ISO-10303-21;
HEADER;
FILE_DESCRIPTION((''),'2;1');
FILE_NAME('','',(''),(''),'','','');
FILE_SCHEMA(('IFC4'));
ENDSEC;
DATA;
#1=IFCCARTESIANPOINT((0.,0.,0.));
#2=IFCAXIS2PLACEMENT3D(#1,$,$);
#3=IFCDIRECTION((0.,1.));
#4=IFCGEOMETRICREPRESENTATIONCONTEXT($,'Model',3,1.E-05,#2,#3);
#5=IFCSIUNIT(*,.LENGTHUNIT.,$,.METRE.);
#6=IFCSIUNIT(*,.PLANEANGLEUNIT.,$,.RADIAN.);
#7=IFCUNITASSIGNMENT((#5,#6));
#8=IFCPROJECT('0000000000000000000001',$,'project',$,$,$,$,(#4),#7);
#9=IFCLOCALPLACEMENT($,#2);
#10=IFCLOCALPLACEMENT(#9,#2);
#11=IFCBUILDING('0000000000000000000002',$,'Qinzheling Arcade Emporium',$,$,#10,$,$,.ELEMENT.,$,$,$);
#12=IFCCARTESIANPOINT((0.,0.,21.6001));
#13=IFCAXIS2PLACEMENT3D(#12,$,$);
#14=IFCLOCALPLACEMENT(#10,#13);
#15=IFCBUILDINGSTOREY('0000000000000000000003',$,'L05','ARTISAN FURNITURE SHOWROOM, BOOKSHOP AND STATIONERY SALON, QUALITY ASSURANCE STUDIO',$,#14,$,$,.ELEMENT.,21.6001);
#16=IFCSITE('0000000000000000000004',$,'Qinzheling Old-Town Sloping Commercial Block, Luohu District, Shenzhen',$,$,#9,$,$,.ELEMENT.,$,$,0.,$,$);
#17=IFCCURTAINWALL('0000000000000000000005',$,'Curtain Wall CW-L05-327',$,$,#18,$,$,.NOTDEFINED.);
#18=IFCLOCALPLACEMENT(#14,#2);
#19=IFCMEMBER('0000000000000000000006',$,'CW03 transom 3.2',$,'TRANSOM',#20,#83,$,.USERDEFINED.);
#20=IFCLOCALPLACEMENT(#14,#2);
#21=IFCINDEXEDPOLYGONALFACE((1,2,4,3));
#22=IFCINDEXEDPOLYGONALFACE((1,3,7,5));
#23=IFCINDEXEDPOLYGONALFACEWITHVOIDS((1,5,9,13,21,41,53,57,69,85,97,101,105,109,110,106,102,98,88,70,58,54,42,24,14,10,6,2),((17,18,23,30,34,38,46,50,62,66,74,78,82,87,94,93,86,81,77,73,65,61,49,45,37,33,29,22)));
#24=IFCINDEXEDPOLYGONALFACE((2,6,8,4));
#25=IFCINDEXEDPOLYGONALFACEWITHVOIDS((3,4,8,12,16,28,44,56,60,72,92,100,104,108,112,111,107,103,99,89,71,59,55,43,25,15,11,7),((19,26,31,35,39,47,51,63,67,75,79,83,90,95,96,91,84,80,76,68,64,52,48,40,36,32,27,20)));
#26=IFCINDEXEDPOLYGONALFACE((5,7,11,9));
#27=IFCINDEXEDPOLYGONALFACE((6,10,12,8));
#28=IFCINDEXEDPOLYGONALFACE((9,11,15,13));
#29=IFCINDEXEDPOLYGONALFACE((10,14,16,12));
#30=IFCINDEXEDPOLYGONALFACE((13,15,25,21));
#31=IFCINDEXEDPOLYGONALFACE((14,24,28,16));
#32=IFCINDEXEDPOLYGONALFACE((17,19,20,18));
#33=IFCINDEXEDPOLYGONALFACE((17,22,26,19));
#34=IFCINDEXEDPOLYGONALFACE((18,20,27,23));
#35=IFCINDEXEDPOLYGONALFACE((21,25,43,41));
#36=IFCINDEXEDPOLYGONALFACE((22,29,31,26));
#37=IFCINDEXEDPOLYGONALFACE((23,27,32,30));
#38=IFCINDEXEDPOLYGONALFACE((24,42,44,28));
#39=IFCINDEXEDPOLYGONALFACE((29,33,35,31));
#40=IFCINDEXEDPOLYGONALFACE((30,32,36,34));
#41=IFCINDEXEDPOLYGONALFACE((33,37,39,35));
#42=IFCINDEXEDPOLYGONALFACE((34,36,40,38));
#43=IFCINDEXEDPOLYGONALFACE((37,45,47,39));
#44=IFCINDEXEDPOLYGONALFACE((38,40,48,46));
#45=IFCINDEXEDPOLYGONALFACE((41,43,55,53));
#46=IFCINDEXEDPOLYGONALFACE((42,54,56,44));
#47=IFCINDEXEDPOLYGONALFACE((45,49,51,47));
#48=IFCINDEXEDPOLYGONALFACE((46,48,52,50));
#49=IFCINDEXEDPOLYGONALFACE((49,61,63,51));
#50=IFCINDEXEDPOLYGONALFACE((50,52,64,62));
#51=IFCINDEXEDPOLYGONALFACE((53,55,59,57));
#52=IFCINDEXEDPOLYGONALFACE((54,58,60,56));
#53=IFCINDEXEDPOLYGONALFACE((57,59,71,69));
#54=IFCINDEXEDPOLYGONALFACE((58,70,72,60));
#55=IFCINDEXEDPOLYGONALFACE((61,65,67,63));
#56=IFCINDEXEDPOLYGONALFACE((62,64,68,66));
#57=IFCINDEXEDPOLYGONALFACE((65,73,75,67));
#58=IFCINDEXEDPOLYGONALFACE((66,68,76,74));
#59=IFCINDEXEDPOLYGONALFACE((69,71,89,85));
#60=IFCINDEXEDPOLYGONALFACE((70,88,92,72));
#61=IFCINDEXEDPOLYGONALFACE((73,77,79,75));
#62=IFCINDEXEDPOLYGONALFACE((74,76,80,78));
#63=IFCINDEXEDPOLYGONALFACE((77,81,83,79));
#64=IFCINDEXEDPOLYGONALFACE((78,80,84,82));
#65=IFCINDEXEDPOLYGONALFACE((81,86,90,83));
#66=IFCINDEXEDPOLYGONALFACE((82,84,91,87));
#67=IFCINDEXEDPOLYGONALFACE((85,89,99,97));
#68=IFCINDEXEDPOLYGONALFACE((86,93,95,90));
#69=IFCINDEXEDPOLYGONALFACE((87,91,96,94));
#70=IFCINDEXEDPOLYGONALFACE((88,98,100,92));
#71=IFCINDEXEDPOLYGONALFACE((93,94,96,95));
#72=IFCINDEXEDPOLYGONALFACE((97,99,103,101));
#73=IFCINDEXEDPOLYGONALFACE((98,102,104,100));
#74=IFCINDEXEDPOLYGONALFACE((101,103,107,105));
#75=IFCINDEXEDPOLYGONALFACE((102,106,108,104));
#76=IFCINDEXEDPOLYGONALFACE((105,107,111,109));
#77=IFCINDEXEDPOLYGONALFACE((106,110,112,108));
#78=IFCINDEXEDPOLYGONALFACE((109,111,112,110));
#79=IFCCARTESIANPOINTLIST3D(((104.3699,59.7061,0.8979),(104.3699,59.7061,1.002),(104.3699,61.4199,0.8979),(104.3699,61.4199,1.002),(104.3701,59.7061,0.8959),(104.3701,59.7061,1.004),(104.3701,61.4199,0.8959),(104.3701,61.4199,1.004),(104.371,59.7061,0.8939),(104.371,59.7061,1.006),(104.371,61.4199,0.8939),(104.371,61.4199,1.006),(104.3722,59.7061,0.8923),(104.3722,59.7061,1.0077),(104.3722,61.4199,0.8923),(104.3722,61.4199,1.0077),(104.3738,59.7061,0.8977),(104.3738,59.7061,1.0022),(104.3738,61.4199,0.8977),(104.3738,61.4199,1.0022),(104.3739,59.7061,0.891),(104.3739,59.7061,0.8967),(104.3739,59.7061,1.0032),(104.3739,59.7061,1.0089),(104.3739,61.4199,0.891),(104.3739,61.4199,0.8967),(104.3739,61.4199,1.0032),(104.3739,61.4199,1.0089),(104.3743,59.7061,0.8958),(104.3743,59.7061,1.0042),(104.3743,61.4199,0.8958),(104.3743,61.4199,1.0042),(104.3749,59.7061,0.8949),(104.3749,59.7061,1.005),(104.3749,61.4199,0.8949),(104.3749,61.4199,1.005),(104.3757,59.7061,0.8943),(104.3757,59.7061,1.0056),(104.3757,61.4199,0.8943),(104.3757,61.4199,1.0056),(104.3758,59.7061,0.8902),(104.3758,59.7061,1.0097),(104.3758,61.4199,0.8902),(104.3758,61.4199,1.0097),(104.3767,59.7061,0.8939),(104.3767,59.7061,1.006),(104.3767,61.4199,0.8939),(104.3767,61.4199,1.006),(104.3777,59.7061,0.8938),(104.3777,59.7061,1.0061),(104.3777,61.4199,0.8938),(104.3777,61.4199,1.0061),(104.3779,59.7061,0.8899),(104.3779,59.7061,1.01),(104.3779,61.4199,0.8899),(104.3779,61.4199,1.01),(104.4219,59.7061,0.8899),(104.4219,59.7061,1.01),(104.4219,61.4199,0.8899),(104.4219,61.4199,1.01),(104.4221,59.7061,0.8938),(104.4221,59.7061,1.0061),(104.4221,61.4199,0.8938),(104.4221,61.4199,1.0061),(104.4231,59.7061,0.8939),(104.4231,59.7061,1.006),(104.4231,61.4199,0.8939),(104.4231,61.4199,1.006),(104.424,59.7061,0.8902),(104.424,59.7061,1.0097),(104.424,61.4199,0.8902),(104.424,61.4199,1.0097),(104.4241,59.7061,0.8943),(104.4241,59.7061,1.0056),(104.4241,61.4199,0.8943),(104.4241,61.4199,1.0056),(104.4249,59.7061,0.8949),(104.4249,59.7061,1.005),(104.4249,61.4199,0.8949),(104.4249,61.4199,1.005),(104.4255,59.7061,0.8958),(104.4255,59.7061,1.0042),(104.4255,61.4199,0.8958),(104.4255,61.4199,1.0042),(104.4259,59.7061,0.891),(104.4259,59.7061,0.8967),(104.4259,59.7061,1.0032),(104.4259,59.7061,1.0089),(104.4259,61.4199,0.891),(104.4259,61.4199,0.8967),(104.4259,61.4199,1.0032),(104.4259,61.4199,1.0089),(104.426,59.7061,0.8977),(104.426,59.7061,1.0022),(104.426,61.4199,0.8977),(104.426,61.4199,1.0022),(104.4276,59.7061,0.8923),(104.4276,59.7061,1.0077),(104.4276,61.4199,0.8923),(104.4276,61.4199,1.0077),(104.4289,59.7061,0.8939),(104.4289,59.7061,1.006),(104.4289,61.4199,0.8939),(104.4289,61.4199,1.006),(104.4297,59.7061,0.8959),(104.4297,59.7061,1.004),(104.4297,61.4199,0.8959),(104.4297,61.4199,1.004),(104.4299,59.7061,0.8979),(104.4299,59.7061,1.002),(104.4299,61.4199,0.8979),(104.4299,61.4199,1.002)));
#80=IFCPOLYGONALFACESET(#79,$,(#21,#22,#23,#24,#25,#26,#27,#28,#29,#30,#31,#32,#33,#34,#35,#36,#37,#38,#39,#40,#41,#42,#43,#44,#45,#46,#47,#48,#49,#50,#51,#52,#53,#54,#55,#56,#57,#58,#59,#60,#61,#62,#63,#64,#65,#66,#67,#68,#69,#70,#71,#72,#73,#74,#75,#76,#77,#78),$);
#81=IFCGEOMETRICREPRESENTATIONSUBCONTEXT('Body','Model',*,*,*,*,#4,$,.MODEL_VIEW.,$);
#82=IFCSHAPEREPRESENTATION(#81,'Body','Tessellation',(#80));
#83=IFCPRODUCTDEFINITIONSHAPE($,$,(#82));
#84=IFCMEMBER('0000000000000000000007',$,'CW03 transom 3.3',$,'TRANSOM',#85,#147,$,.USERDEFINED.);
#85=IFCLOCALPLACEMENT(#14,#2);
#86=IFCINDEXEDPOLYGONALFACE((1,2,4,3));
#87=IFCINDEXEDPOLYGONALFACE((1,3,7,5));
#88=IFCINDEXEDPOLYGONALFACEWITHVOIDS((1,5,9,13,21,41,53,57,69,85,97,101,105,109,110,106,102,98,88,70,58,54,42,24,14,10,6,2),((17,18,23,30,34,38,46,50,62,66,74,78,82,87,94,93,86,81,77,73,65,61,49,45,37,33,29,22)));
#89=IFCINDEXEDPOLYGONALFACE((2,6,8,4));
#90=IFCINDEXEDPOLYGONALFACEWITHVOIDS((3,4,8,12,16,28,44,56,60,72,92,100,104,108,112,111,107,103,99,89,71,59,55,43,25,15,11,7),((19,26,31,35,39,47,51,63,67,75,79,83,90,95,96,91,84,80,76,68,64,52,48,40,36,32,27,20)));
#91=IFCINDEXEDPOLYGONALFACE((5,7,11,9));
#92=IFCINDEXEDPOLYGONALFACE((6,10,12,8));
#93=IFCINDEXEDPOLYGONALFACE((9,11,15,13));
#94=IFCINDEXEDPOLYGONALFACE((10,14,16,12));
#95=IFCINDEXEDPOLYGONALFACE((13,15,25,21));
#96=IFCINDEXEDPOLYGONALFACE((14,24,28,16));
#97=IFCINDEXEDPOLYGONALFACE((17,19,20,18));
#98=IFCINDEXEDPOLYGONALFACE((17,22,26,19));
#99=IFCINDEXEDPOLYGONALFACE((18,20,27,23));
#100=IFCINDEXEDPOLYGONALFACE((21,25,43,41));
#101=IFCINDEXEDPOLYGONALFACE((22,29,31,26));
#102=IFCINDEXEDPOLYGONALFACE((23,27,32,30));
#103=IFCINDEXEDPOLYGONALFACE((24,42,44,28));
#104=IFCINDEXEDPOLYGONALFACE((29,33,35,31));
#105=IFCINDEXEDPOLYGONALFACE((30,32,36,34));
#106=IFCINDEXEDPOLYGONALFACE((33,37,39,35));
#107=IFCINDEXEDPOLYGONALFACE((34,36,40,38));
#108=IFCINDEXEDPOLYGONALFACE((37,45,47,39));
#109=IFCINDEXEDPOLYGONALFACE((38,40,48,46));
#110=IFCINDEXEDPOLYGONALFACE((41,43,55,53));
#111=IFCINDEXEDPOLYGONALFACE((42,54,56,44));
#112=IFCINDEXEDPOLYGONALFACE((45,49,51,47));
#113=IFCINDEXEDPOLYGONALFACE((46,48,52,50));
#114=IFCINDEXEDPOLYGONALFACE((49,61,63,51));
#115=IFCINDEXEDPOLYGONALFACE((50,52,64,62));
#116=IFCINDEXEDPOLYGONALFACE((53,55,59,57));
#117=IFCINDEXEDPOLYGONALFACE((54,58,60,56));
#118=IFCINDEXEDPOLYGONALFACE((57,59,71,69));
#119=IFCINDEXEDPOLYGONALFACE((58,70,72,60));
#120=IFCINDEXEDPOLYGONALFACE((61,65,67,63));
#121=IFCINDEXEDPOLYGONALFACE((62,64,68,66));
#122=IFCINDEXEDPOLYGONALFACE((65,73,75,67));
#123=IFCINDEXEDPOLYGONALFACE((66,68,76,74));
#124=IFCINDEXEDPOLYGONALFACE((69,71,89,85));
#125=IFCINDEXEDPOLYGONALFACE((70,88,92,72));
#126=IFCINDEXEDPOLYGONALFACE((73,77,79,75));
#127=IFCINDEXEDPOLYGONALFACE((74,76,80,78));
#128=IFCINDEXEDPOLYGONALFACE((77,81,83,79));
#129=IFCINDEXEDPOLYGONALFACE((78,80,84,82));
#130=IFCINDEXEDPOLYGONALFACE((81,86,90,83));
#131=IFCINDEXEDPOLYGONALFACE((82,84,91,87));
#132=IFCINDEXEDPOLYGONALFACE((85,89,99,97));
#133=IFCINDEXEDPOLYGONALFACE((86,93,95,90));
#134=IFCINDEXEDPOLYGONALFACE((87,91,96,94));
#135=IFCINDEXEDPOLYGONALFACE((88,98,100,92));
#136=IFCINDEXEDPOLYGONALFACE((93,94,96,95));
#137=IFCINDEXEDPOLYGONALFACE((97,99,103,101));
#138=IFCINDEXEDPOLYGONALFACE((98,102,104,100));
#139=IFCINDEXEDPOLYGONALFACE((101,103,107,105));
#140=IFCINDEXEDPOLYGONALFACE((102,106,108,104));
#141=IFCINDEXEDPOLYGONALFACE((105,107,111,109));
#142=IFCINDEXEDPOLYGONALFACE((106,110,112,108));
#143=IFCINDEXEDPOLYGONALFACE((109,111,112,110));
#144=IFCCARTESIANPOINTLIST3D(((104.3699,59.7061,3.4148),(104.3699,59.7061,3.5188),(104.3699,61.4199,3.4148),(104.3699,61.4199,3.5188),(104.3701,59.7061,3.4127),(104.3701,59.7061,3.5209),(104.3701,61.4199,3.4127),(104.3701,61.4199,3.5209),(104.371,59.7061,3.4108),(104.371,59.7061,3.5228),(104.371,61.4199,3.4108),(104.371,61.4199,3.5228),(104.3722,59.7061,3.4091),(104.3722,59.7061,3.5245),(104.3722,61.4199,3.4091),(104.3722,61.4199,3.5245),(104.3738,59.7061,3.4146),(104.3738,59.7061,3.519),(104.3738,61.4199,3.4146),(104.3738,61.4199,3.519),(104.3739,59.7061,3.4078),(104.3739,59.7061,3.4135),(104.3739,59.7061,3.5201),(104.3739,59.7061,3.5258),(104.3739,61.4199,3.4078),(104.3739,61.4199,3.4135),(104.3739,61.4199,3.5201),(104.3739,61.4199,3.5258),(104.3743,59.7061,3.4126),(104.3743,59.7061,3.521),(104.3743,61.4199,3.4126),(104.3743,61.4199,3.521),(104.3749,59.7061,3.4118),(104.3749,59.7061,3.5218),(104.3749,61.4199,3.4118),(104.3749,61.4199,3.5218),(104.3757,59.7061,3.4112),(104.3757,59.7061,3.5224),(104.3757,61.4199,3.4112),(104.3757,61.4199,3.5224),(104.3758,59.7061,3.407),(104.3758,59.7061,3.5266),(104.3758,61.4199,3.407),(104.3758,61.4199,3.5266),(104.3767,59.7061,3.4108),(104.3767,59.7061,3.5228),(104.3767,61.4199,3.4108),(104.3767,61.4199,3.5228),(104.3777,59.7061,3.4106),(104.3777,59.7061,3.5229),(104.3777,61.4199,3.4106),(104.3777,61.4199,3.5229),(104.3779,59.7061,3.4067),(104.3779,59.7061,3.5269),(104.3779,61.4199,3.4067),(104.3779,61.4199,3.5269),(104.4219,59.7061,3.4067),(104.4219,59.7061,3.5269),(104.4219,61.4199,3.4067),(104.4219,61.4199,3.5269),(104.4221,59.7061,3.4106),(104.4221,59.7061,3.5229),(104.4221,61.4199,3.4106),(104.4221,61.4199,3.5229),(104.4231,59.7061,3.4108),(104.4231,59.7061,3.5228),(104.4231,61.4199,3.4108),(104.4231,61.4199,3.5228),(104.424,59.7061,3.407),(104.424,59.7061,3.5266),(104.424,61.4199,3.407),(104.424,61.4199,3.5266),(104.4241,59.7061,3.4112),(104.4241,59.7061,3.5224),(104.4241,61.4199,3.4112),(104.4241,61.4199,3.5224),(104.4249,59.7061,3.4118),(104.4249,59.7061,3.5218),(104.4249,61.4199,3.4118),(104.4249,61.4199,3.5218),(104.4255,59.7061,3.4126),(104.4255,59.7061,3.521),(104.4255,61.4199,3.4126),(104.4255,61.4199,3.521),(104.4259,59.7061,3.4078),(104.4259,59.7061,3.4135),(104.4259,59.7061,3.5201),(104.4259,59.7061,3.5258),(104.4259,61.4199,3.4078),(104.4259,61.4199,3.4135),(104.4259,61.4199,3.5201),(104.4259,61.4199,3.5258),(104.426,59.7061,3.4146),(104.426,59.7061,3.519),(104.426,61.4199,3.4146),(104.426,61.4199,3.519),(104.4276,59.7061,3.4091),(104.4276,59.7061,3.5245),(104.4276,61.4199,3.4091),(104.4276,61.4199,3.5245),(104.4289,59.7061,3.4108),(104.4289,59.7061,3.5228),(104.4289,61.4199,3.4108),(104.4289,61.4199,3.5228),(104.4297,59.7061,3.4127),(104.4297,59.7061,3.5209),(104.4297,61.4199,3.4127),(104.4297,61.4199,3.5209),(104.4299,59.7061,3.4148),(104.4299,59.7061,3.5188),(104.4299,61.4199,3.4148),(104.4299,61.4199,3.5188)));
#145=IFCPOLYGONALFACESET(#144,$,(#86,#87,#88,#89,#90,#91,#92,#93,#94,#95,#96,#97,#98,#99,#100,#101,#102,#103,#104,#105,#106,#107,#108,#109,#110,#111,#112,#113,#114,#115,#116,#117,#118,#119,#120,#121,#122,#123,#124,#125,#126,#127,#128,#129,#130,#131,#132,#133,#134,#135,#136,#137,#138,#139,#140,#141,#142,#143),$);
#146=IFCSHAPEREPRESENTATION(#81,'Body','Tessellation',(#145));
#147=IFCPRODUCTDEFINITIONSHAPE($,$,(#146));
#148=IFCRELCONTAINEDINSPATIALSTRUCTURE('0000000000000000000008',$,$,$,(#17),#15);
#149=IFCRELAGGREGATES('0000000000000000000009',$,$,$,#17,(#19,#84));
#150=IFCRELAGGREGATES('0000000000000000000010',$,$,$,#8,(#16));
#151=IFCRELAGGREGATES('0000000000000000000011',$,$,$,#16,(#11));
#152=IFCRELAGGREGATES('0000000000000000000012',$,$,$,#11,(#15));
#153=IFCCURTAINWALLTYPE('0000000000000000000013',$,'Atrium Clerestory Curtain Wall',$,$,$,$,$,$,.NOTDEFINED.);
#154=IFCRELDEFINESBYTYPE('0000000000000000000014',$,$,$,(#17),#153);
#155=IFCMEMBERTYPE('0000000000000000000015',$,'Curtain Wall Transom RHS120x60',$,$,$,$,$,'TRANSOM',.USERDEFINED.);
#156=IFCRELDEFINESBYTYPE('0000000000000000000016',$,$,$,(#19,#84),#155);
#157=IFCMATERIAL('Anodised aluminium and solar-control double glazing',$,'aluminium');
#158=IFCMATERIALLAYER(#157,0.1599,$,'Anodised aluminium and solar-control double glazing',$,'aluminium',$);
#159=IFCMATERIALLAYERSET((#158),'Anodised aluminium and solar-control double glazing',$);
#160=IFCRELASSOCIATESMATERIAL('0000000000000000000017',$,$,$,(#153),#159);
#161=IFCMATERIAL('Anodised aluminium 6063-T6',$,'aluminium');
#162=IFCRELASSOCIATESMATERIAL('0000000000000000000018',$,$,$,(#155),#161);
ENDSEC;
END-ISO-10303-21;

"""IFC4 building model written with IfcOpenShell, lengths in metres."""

from ifc_helpers import new_model, si_unit, direction, frame, origin, origin_2d, place, context, subcontext, project, spatial, hollow_rectangle, extrude, material, layer, layer_set, material_profile, profile_set, type_object, element, aggregate, save


model = new_model("IFC4")

# Units and contexts
model_context = context("Model", 3, precision=1e-05, world=origin(), true_north=direction((0.0, 1.0)))
body_context = subcontext(model_context, "Body", "Model", "MODEL_VIEW")
ifc_project = project(units=[si_unit("LENGTHUNIT", "METRE"), si_unit("PLANEANGLEUNIT", "RADIAN")], contexts=[model_context])

# Site, building, storey
site_placement = place(None, origin())
site = spatial("IfcSite", under=ifc_project, at=site_placement, Name="Qinzheling Old-Town Sloping Commercial Block, Luohu District, Shenzhen", CompositionType="ELEMENT", RefElevation=0.0)
building_placement = place(site_placement, origin())
building = spatial("IfcBuilding", under=site, at=building_placement, Name="Qinzheling Arcade Emporium", CompositionType="ELEMENT")
storey_placement = place(building_placement, frame((0.0, 0.0, 21.6001)))
storey = spatial("IfcBuildingStorey", under=building, at=storey_placement, Name="L05", Description="ARTISAN FURNITURE SHOWROOM, BOOKSHOP AND STATIONERY SALON, QUALITY ASSURANCE STUDIO", CompositionType="ELEMENT", Elevation=21.6001)

# Curtain wall
ifc_material_1 = material(Name="Anodised aluminium and solar-control double glazing", Category="aluminium")
ifc_layer_1 = layer(ifc_material_1, 0.1599, Name="Anodised aluminium and solar-control double glazing", Category="aluminium")
ifc_layer_set_1 = layer_set([ifc_layer_1], Name="Anodised aluminium and solar-control double glazing")
curtain_wall_type = type_object("IfcCurtainWallType", Name="Atrium Clerestory Curtain Wall", PredefinedType="NOTDEFINED", material=ifc_layer_set_1)
curtain_wall_1_placement = place(storey_placement, origin())
curtain_wall_1 = element("IfcCurtainWall", 1, at=curtain_wall_1_placement, inside=storey, type_object=curtain_wall_type, Name="Curtain Wall CW-L05-327", PredefinedType="NOTDEFINED")
ifc_material_2 = material(Name="Anodised aluminium 6063-T6", Category="aluminium")

# Members
ifc_material_profile_1 = material_profile(ifc_material_2, hollow_rectangle(XDim=0.0601, YDim=0.1201, WallThickness=0.0039, InnerFilletRadius=0.0039, OuterFilletRadius=0.0081, at=origin_2d()), Name="RHS 120x60x4", Category="aluminium")
ifc_profile_set_1 = profile_set([ifc_material_profile_1], Name="Anodised aluminium 6063-T6")
member_type_1 = type_object("IfcMemberType", Name="Curtain Wall Transom RHS120x60", ElementType="TRANSOM", PredefinedType="USERDEFINED", material=ifc_profile_set_1)
member_1_placement = place(storey_placement, frame((104.3999, 61.4199, 0.95), z_axis=(0.0, -1.0, 0.0), x_axis=(1.0, 0.0, 0.0)))
member_1 = element("IfcMember", 2, at=member_1_placement, type_object=member_type_1, Name="CW03 transom 3.2", ObjectType="TRANSOM", PredefinedType="USERDEFINED", context=body_context, shape_type="SweptSolid", body=[
    extrude(hollow_rectangle(XDim=0.0601, YDim=0.1201, WallThickness=0.0039, InnerFilletRadius=0.0039, OuterFilletRadius=0.0081, at=origin_2d()), origin(), (0.0, 0.0, 1.0), 1.7139),
])
member_2_placement = place(storey_placement, frame((104.3999, 61.4199, 3.4668), z_axis=(0.0, -1.0, 0.0), x_axis=(1.0, 0.0, 0.0)))
member_2 = element("IfcMember", 3, at=member_2_placement, type_object=member_type_1, Name="CW03 transom 3.3", ObjectType="TRANSOM", PredefinedType="USERDEFINED", context=body_context, shape_type="SweptSolid", body=[
    extrude(hollow_rectangle(XDim=0.0601, YDim=0.1201, WallThickness=0.0039, InnerFilletRadius=0.0039, OuterFilletRadius=0.0081, at=origin_2d()), origin(), (0.0, 0.0, 1.0), 1.7139),
])

aggregate(curtain_wall_1, [member_1, member_2])

save(model, "model.ifc")
